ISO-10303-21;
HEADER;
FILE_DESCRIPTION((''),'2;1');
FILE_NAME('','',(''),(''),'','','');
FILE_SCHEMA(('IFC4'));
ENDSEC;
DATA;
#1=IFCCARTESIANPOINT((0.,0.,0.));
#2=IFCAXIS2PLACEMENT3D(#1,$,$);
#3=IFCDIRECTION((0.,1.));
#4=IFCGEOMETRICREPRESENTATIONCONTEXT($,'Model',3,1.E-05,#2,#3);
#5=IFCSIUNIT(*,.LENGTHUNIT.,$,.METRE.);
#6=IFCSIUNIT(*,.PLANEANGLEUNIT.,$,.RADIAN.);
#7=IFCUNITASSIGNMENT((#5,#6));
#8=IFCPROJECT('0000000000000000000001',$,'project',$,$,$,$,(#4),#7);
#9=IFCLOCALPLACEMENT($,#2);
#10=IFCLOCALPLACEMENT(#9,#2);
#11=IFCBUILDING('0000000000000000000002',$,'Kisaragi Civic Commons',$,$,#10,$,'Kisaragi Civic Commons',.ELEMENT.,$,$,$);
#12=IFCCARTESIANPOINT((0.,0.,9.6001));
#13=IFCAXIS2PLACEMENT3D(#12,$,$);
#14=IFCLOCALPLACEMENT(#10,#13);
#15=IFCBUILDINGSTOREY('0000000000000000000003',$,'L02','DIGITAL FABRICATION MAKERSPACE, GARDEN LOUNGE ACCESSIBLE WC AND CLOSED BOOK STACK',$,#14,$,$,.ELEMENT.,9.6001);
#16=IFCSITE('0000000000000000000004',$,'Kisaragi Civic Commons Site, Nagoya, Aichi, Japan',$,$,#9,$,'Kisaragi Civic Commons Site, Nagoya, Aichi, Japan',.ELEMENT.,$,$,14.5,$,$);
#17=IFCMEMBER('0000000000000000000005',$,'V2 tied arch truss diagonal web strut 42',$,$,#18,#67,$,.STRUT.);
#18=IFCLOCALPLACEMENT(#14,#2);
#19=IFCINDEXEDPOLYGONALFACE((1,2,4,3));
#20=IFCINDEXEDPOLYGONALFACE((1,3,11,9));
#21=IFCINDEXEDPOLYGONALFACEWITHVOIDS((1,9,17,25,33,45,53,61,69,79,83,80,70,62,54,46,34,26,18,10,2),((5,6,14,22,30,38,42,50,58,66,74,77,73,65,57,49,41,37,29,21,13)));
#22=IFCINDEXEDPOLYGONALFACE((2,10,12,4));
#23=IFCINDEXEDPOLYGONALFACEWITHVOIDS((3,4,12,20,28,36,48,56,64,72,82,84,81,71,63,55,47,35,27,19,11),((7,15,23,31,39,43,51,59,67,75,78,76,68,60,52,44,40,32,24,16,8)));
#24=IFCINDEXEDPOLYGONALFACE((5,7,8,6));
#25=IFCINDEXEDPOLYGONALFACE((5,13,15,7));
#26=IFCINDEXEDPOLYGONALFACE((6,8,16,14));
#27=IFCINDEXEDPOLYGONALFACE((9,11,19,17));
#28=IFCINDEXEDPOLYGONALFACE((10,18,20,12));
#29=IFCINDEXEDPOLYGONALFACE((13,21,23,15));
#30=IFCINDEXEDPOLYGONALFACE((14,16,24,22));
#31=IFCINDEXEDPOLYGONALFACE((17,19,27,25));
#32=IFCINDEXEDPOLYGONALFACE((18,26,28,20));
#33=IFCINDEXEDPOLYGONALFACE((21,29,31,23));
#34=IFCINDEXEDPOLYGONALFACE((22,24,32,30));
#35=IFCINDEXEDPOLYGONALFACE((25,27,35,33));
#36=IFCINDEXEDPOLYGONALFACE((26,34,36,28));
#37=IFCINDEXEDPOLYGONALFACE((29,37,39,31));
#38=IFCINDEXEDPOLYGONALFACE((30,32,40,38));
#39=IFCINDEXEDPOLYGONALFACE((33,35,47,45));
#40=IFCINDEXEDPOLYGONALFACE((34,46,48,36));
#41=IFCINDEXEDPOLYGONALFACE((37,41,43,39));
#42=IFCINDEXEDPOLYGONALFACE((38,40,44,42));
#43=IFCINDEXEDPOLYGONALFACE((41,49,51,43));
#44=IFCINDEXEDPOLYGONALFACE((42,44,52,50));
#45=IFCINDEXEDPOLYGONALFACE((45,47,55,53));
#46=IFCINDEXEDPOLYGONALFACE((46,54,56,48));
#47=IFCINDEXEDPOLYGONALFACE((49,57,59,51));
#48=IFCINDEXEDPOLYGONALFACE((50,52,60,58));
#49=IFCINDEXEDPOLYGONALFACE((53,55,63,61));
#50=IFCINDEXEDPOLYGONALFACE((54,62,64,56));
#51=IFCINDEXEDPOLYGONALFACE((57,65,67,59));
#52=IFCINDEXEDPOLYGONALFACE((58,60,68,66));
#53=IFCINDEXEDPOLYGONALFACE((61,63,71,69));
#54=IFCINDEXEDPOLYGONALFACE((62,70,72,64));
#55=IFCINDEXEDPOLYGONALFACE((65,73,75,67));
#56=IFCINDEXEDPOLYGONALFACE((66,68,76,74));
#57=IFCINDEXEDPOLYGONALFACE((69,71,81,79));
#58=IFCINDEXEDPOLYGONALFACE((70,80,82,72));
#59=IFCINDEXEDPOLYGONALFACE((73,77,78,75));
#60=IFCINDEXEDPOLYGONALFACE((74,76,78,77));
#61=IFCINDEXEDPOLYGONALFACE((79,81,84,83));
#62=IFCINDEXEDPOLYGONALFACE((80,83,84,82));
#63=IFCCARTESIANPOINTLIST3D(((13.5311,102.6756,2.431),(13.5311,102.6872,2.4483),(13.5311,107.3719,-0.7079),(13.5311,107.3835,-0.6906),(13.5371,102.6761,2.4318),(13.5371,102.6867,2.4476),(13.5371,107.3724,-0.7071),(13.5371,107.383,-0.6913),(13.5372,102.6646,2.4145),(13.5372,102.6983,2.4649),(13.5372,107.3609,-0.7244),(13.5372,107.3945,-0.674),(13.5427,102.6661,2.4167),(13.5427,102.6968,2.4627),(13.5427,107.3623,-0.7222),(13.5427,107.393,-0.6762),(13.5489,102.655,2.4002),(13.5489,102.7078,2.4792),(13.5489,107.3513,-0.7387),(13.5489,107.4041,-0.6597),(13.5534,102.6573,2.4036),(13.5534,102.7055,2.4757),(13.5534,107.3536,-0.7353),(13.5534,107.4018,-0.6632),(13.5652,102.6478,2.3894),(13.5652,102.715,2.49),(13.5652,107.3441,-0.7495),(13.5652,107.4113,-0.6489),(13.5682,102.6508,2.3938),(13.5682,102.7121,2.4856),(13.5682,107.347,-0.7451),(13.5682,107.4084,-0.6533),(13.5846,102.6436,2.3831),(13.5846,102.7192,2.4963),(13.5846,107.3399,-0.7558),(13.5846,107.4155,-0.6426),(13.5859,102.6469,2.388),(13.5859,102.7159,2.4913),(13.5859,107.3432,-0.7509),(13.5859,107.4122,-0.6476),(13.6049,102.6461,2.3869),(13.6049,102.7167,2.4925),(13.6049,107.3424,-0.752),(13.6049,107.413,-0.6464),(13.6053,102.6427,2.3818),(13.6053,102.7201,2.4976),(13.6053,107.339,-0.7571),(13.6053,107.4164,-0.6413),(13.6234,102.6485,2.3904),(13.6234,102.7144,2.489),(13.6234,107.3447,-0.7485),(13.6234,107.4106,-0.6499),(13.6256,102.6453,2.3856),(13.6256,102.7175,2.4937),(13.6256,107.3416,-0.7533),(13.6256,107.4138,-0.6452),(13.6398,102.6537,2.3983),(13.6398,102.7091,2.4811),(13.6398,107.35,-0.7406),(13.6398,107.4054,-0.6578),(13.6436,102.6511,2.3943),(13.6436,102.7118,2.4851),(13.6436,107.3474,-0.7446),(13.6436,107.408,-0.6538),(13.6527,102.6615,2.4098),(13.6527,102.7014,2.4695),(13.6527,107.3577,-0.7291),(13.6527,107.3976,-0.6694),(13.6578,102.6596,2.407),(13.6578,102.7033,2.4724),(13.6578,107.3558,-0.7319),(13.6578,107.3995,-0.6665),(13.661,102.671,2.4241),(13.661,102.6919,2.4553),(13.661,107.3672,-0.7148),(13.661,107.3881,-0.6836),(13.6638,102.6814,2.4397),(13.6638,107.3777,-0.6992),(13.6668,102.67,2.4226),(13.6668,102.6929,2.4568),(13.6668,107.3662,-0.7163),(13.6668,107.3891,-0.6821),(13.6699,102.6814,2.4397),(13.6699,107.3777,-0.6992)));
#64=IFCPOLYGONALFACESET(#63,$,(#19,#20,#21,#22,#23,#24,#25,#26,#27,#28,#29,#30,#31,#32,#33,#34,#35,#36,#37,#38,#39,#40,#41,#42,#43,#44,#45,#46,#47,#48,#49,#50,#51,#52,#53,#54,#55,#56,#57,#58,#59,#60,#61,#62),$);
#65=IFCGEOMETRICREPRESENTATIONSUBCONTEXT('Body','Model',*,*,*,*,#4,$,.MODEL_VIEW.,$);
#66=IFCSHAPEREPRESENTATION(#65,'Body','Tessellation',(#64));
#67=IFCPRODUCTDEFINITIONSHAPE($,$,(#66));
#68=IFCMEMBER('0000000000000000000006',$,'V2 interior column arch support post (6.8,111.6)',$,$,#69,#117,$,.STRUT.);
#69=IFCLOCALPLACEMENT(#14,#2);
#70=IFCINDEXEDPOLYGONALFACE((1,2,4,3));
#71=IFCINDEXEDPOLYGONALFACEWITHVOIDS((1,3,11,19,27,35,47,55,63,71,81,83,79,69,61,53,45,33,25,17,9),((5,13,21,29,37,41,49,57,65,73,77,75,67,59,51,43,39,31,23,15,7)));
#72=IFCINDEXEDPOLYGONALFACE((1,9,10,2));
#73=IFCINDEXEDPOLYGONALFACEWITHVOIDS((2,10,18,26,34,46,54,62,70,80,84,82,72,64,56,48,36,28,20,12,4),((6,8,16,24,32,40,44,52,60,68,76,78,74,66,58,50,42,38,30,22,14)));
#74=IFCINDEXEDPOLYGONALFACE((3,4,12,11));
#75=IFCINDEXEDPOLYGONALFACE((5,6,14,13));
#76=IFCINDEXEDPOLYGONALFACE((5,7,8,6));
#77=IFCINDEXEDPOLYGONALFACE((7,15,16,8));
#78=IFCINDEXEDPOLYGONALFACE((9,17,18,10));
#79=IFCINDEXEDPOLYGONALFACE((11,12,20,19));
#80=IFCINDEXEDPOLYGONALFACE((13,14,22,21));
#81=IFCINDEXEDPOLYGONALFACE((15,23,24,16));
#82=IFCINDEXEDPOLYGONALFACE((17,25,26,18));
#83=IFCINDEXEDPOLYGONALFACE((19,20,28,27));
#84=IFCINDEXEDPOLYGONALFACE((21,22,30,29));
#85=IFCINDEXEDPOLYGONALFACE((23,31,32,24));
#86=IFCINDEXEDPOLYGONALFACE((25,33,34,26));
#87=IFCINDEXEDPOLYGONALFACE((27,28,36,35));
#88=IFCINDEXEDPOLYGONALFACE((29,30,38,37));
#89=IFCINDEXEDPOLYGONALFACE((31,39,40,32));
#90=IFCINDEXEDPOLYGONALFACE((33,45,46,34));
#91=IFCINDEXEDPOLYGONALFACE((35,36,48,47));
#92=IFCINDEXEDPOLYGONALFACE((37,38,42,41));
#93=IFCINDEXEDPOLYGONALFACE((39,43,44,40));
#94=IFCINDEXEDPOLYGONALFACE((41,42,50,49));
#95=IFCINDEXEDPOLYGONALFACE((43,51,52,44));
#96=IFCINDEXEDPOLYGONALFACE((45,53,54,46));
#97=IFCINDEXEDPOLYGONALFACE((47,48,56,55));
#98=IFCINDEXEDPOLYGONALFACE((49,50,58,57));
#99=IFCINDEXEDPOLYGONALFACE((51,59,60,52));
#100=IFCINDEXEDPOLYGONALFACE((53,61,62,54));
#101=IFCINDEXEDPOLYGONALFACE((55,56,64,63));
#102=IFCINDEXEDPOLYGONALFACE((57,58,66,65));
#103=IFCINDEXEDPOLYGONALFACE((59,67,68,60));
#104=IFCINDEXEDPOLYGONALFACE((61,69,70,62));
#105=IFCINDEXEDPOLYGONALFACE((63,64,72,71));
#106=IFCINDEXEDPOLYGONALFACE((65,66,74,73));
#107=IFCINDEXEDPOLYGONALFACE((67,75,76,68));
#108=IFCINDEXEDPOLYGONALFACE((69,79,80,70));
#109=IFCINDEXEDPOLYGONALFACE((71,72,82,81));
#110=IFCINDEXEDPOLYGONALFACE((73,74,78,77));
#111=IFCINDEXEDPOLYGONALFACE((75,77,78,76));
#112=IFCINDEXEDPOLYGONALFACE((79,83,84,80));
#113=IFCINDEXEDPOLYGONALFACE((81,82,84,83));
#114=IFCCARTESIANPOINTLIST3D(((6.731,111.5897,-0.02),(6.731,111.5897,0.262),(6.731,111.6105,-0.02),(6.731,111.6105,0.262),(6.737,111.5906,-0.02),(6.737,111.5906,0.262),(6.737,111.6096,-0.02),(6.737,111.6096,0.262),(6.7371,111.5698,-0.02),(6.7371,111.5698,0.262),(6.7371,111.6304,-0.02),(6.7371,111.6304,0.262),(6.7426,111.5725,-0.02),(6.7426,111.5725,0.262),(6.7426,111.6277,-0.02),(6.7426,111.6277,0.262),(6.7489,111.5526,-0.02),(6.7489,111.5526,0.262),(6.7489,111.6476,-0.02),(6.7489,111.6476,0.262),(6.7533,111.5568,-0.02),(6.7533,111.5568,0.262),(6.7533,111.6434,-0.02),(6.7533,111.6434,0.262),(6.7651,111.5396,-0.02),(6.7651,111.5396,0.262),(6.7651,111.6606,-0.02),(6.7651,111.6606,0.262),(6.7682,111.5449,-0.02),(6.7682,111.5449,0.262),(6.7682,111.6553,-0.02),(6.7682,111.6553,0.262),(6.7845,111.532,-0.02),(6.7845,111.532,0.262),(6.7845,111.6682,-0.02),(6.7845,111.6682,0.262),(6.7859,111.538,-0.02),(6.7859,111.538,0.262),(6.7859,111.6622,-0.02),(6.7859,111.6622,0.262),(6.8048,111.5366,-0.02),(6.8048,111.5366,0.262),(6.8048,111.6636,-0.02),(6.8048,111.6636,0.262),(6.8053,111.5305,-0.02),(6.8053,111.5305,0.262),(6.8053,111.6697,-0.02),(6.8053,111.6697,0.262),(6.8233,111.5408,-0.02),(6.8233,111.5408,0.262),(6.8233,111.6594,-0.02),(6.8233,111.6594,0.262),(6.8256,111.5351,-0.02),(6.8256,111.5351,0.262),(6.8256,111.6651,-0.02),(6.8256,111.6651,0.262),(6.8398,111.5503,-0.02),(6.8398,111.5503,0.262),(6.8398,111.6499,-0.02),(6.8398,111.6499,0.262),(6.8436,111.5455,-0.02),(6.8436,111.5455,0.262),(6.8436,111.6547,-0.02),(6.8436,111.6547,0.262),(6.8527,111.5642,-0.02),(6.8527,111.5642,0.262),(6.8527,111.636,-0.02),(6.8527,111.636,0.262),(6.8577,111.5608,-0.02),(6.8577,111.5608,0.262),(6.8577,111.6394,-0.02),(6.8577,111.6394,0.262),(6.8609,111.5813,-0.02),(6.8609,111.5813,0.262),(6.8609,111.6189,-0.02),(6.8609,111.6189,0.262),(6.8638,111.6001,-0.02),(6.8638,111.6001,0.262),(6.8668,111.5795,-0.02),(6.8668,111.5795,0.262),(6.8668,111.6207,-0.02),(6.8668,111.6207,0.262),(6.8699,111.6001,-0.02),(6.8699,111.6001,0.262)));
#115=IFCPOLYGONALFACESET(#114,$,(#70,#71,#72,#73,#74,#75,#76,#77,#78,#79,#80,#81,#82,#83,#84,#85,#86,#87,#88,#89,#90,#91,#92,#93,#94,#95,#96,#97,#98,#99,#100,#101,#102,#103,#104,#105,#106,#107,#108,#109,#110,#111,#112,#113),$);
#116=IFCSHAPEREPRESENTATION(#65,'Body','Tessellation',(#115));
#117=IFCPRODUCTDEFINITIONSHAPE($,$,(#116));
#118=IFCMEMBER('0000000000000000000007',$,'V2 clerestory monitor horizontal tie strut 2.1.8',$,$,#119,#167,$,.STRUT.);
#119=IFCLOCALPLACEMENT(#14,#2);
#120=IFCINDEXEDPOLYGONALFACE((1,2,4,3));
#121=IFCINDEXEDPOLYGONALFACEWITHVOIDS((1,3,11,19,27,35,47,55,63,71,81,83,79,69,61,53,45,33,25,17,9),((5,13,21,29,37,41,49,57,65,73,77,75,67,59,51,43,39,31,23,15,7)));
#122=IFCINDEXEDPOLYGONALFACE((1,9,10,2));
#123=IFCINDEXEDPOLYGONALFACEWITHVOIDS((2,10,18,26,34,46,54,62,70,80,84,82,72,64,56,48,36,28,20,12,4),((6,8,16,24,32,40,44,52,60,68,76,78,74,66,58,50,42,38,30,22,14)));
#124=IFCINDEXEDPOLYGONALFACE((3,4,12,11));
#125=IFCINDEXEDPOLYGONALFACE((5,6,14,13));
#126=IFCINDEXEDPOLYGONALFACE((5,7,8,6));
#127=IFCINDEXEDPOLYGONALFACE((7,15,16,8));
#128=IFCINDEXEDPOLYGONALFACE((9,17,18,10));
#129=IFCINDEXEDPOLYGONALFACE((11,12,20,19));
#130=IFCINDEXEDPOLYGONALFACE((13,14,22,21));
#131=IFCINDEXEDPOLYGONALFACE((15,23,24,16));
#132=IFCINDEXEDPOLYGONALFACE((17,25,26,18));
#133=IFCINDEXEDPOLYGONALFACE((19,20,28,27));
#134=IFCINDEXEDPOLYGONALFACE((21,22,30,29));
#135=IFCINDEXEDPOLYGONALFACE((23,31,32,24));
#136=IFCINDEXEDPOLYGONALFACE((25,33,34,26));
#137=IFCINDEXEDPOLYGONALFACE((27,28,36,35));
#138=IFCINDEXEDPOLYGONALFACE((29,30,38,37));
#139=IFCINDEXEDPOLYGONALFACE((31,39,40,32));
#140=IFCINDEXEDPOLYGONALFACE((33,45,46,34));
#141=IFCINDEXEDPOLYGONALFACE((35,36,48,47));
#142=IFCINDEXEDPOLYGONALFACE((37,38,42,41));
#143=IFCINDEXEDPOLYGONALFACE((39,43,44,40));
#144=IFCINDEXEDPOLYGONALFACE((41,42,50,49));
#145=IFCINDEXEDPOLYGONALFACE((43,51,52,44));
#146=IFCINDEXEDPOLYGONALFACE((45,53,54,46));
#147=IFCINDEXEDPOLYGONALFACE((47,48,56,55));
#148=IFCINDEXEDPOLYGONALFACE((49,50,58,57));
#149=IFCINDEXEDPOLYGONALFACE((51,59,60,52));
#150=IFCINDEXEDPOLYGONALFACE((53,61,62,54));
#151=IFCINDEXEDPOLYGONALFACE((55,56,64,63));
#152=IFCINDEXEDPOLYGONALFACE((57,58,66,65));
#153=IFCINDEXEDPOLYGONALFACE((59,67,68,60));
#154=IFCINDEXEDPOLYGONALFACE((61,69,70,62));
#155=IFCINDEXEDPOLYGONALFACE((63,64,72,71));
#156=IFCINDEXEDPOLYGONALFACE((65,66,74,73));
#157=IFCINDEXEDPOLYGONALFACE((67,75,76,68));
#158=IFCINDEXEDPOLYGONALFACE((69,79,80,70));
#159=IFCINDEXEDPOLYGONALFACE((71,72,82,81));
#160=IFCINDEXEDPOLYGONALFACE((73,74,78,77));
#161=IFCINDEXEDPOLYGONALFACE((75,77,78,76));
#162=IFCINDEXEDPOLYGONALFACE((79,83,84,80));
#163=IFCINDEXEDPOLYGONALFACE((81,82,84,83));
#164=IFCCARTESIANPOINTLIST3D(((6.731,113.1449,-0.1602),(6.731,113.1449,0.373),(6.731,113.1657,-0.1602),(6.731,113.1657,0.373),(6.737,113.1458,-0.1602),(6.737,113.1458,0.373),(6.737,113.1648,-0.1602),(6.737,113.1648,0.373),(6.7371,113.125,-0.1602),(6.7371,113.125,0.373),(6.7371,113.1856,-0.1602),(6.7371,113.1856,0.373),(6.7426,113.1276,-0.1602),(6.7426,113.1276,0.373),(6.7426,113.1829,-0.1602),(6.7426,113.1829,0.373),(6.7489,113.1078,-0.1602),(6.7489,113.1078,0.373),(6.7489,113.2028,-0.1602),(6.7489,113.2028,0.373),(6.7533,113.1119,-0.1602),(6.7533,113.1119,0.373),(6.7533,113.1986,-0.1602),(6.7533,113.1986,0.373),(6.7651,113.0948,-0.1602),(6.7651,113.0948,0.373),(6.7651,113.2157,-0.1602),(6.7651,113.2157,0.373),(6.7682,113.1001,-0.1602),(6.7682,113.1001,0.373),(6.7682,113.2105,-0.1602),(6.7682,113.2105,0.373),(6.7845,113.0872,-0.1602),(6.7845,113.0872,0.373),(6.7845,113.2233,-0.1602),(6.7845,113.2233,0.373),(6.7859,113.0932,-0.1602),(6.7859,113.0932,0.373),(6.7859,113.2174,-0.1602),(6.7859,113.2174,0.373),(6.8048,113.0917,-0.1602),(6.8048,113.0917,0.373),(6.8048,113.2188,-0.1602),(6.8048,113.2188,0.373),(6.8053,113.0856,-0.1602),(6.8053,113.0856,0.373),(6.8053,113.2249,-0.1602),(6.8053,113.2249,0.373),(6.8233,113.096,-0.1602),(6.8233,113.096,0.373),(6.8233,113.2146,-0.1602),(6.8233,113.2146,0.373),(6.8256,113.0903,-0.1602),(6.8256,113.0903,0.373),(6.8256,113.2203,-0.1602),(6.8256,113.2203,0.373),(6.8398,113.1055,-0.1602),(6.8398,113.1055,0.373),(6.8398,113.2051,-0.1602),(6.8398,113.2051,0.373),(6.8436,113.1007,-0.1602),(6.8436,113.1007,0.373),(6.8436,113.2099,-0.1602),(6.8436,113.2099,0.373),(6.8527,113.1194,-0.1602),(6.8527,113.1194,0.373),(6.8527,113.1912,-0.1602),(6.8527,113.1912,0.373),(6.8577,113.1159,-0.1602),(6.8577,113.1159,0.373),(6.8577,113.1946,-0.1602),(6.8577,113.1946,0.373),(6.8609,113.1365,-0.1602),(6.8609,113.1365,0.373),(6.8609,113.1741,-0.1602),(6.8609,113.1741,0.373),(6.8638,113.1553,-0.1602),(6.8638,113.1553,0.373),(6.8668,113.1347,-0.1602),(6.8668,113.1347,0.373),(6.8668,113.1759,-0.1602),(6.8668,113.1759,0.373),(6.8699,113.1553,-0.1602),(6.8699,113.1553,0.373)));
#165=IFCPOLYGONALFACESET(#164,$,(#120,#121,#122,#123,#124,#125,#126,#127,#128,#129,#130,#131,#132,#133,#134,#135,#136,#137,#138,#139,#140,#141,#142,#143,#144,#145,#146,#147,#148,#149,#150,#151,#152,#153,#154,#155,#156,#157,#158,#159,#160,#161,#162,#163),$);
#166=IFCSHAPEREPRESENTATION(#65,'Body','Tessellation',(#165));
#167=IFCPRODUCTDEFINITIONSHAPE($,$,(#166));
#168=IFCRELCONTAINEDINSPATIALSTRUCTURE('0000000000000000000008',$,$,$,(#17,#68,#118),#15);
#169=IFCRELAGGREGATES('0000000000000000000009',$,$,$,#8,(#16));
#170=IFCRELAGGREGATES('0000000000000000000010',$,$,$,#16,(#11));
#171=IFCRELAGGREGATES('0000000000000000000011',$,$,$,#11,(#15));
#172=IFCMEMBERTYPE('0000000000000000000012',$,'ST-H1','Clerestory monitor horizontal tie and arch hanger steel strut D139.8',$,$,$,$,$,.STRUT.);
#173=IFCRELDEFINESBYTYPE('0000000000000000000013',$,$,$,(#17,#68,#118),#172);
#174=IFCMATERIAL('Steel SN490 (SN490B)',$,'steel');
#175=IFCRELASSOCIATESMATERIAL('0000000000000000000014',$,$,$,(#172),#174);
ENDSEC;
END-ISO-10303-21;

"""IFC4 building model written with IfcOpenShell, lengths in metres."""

from ifc_helpers import new_model, si_unit, direction, frame, origin, origin_2d, place, context, subcontext, project, spatial, hollow_circle, extrude, material, material_profile, profile_set, type_object, element, save


model = new_model("IFC4")

# Units and contexts
model_context = context("Model", 3, precision=1e-05, world=origin(), true_north=direction((0.0, 1.0)))
body_context = subcontext(model_context, "Body", "Model", "MODEL_VIEW")
ifc_project = project(units=[si_unit("LENGTHUNIT", "METRE"), si_unit("PLANEANGLEUNIT", "RADIAN")], contexts=[model_context])

# Site, building, storey
site_placement = place(None, origin())
site = spatial("IfcSite", under=ifc_project, at=site_placement, Name="Kisaragi Civic Commons Site, Nagoya, Aichi, Japan", LongName="Kisaragi Civic Commons Site, Nagoya, Aichi, Japan", CompositionType="ELEMENT", RefElevation=14.5)
building_placement = place(site_placement, origin())
building = spatial("IfcBuilding", under=site, at=building_placement, Name="Kisaragi Civic Commons", LongName="Kisaragi Civic Commons", CompositionType="ELEMENT")
storey_placement = place(building_placement, frame((0.0, 0.0, 9.6001)))
storey = spatial("IfcBuildingStorey", under=building, at=storey_placement, Name="L02", Description="DIGITAL FABRICATION MAKERSPACE, GARDEN LOUNGE ACCESSIBLE WC AND CLOSED BOOK STACK", CompositionType="ELEMENT", Elevation=9.6001)

# Members
ifc_material_1 = material(Name="Steel SN490 (SN490B)", Category="steel")
ifc_material_profile_1 = material_profile(ifc_material_1, hollow_circle(Radius=0.0698, WallThickness=0.0061, at=origin_2d()), Name="CHS-139.8x6.0", Category="steel")
ifc_profile_set_1 = profile_set([ifc_material_profile_1], Name="Steel SN490 (SN490B)")
member_type_1 = type_object("IfcMemberType", Name="ST-H1", Description="Clerestory monitor horizontal tie and arch hanger steel strut D139.8", PredefinedType="STRUT", material=ifc_profile_set_1)
member_1_placement = place(storey_placement, frame((13.6001, 107.3777, -0.6992), z_axis=(0.0, -0.831391, 0.555687), x_axis=(1.0, 0.0, 0.0)))
element("IfcMember", 1, at=member_1_placement, inside=storey, type_object=member_type_1, Name="V2 tied arch truss diagonal web strut 42", PredefinedType="STRUT", context=body_context, shape_type="SweptSolid", body=[
    extrude(hollow_circle(Radius=0.0698, WallThickness=0.0061, at=origin_2d()), origin(), (0.0, 0.0, 1.0), 5.6487),
])
member_2_placement = place(storey_placement, frame((6.8, 111.6001, -0.02), z_axis=(0.0, 0.0, 1.0), x_axis=(1.0, 0.0, 0.0)))
element("IfcMember", 2, at=member_2_placement, inside=storey, type_object=member_type_1, Name="V2 interior column arch support post (6.8,111.6)", PredefinedType="STRUT", context=body_context, shape_type="SweptSolid", body=[
    extrude(hollow_circle(Radius=0.0698, WallThickness=0.0061, at=origin_2d()), origin(), (0.0, 0.0, 1.0), 0.282),
])
member_3_placement = place(storey_placement, frame((6.8, 113.1553, -0.1602), z_axis=(0.0, 0.0, 1.0), x_axis=(1.0, 0.0, 0.0)))
element("IfcMember", 3, at=member_3_placement, inside=storey, type_object=member_type_1, Name="V2 clerestory monitor horizontal tie strut 2.1.8", PredefinedType="STRUT", context=body_context, shape_type="SweptSolid", body=[
    extrude(hollow_circle(Radius=0.0698, WallThickness=0.0061, at=origin_2d()), origin(), (0.0, 0.0, 1.0), 0.5332),
])

save(model, "model.ifc")
